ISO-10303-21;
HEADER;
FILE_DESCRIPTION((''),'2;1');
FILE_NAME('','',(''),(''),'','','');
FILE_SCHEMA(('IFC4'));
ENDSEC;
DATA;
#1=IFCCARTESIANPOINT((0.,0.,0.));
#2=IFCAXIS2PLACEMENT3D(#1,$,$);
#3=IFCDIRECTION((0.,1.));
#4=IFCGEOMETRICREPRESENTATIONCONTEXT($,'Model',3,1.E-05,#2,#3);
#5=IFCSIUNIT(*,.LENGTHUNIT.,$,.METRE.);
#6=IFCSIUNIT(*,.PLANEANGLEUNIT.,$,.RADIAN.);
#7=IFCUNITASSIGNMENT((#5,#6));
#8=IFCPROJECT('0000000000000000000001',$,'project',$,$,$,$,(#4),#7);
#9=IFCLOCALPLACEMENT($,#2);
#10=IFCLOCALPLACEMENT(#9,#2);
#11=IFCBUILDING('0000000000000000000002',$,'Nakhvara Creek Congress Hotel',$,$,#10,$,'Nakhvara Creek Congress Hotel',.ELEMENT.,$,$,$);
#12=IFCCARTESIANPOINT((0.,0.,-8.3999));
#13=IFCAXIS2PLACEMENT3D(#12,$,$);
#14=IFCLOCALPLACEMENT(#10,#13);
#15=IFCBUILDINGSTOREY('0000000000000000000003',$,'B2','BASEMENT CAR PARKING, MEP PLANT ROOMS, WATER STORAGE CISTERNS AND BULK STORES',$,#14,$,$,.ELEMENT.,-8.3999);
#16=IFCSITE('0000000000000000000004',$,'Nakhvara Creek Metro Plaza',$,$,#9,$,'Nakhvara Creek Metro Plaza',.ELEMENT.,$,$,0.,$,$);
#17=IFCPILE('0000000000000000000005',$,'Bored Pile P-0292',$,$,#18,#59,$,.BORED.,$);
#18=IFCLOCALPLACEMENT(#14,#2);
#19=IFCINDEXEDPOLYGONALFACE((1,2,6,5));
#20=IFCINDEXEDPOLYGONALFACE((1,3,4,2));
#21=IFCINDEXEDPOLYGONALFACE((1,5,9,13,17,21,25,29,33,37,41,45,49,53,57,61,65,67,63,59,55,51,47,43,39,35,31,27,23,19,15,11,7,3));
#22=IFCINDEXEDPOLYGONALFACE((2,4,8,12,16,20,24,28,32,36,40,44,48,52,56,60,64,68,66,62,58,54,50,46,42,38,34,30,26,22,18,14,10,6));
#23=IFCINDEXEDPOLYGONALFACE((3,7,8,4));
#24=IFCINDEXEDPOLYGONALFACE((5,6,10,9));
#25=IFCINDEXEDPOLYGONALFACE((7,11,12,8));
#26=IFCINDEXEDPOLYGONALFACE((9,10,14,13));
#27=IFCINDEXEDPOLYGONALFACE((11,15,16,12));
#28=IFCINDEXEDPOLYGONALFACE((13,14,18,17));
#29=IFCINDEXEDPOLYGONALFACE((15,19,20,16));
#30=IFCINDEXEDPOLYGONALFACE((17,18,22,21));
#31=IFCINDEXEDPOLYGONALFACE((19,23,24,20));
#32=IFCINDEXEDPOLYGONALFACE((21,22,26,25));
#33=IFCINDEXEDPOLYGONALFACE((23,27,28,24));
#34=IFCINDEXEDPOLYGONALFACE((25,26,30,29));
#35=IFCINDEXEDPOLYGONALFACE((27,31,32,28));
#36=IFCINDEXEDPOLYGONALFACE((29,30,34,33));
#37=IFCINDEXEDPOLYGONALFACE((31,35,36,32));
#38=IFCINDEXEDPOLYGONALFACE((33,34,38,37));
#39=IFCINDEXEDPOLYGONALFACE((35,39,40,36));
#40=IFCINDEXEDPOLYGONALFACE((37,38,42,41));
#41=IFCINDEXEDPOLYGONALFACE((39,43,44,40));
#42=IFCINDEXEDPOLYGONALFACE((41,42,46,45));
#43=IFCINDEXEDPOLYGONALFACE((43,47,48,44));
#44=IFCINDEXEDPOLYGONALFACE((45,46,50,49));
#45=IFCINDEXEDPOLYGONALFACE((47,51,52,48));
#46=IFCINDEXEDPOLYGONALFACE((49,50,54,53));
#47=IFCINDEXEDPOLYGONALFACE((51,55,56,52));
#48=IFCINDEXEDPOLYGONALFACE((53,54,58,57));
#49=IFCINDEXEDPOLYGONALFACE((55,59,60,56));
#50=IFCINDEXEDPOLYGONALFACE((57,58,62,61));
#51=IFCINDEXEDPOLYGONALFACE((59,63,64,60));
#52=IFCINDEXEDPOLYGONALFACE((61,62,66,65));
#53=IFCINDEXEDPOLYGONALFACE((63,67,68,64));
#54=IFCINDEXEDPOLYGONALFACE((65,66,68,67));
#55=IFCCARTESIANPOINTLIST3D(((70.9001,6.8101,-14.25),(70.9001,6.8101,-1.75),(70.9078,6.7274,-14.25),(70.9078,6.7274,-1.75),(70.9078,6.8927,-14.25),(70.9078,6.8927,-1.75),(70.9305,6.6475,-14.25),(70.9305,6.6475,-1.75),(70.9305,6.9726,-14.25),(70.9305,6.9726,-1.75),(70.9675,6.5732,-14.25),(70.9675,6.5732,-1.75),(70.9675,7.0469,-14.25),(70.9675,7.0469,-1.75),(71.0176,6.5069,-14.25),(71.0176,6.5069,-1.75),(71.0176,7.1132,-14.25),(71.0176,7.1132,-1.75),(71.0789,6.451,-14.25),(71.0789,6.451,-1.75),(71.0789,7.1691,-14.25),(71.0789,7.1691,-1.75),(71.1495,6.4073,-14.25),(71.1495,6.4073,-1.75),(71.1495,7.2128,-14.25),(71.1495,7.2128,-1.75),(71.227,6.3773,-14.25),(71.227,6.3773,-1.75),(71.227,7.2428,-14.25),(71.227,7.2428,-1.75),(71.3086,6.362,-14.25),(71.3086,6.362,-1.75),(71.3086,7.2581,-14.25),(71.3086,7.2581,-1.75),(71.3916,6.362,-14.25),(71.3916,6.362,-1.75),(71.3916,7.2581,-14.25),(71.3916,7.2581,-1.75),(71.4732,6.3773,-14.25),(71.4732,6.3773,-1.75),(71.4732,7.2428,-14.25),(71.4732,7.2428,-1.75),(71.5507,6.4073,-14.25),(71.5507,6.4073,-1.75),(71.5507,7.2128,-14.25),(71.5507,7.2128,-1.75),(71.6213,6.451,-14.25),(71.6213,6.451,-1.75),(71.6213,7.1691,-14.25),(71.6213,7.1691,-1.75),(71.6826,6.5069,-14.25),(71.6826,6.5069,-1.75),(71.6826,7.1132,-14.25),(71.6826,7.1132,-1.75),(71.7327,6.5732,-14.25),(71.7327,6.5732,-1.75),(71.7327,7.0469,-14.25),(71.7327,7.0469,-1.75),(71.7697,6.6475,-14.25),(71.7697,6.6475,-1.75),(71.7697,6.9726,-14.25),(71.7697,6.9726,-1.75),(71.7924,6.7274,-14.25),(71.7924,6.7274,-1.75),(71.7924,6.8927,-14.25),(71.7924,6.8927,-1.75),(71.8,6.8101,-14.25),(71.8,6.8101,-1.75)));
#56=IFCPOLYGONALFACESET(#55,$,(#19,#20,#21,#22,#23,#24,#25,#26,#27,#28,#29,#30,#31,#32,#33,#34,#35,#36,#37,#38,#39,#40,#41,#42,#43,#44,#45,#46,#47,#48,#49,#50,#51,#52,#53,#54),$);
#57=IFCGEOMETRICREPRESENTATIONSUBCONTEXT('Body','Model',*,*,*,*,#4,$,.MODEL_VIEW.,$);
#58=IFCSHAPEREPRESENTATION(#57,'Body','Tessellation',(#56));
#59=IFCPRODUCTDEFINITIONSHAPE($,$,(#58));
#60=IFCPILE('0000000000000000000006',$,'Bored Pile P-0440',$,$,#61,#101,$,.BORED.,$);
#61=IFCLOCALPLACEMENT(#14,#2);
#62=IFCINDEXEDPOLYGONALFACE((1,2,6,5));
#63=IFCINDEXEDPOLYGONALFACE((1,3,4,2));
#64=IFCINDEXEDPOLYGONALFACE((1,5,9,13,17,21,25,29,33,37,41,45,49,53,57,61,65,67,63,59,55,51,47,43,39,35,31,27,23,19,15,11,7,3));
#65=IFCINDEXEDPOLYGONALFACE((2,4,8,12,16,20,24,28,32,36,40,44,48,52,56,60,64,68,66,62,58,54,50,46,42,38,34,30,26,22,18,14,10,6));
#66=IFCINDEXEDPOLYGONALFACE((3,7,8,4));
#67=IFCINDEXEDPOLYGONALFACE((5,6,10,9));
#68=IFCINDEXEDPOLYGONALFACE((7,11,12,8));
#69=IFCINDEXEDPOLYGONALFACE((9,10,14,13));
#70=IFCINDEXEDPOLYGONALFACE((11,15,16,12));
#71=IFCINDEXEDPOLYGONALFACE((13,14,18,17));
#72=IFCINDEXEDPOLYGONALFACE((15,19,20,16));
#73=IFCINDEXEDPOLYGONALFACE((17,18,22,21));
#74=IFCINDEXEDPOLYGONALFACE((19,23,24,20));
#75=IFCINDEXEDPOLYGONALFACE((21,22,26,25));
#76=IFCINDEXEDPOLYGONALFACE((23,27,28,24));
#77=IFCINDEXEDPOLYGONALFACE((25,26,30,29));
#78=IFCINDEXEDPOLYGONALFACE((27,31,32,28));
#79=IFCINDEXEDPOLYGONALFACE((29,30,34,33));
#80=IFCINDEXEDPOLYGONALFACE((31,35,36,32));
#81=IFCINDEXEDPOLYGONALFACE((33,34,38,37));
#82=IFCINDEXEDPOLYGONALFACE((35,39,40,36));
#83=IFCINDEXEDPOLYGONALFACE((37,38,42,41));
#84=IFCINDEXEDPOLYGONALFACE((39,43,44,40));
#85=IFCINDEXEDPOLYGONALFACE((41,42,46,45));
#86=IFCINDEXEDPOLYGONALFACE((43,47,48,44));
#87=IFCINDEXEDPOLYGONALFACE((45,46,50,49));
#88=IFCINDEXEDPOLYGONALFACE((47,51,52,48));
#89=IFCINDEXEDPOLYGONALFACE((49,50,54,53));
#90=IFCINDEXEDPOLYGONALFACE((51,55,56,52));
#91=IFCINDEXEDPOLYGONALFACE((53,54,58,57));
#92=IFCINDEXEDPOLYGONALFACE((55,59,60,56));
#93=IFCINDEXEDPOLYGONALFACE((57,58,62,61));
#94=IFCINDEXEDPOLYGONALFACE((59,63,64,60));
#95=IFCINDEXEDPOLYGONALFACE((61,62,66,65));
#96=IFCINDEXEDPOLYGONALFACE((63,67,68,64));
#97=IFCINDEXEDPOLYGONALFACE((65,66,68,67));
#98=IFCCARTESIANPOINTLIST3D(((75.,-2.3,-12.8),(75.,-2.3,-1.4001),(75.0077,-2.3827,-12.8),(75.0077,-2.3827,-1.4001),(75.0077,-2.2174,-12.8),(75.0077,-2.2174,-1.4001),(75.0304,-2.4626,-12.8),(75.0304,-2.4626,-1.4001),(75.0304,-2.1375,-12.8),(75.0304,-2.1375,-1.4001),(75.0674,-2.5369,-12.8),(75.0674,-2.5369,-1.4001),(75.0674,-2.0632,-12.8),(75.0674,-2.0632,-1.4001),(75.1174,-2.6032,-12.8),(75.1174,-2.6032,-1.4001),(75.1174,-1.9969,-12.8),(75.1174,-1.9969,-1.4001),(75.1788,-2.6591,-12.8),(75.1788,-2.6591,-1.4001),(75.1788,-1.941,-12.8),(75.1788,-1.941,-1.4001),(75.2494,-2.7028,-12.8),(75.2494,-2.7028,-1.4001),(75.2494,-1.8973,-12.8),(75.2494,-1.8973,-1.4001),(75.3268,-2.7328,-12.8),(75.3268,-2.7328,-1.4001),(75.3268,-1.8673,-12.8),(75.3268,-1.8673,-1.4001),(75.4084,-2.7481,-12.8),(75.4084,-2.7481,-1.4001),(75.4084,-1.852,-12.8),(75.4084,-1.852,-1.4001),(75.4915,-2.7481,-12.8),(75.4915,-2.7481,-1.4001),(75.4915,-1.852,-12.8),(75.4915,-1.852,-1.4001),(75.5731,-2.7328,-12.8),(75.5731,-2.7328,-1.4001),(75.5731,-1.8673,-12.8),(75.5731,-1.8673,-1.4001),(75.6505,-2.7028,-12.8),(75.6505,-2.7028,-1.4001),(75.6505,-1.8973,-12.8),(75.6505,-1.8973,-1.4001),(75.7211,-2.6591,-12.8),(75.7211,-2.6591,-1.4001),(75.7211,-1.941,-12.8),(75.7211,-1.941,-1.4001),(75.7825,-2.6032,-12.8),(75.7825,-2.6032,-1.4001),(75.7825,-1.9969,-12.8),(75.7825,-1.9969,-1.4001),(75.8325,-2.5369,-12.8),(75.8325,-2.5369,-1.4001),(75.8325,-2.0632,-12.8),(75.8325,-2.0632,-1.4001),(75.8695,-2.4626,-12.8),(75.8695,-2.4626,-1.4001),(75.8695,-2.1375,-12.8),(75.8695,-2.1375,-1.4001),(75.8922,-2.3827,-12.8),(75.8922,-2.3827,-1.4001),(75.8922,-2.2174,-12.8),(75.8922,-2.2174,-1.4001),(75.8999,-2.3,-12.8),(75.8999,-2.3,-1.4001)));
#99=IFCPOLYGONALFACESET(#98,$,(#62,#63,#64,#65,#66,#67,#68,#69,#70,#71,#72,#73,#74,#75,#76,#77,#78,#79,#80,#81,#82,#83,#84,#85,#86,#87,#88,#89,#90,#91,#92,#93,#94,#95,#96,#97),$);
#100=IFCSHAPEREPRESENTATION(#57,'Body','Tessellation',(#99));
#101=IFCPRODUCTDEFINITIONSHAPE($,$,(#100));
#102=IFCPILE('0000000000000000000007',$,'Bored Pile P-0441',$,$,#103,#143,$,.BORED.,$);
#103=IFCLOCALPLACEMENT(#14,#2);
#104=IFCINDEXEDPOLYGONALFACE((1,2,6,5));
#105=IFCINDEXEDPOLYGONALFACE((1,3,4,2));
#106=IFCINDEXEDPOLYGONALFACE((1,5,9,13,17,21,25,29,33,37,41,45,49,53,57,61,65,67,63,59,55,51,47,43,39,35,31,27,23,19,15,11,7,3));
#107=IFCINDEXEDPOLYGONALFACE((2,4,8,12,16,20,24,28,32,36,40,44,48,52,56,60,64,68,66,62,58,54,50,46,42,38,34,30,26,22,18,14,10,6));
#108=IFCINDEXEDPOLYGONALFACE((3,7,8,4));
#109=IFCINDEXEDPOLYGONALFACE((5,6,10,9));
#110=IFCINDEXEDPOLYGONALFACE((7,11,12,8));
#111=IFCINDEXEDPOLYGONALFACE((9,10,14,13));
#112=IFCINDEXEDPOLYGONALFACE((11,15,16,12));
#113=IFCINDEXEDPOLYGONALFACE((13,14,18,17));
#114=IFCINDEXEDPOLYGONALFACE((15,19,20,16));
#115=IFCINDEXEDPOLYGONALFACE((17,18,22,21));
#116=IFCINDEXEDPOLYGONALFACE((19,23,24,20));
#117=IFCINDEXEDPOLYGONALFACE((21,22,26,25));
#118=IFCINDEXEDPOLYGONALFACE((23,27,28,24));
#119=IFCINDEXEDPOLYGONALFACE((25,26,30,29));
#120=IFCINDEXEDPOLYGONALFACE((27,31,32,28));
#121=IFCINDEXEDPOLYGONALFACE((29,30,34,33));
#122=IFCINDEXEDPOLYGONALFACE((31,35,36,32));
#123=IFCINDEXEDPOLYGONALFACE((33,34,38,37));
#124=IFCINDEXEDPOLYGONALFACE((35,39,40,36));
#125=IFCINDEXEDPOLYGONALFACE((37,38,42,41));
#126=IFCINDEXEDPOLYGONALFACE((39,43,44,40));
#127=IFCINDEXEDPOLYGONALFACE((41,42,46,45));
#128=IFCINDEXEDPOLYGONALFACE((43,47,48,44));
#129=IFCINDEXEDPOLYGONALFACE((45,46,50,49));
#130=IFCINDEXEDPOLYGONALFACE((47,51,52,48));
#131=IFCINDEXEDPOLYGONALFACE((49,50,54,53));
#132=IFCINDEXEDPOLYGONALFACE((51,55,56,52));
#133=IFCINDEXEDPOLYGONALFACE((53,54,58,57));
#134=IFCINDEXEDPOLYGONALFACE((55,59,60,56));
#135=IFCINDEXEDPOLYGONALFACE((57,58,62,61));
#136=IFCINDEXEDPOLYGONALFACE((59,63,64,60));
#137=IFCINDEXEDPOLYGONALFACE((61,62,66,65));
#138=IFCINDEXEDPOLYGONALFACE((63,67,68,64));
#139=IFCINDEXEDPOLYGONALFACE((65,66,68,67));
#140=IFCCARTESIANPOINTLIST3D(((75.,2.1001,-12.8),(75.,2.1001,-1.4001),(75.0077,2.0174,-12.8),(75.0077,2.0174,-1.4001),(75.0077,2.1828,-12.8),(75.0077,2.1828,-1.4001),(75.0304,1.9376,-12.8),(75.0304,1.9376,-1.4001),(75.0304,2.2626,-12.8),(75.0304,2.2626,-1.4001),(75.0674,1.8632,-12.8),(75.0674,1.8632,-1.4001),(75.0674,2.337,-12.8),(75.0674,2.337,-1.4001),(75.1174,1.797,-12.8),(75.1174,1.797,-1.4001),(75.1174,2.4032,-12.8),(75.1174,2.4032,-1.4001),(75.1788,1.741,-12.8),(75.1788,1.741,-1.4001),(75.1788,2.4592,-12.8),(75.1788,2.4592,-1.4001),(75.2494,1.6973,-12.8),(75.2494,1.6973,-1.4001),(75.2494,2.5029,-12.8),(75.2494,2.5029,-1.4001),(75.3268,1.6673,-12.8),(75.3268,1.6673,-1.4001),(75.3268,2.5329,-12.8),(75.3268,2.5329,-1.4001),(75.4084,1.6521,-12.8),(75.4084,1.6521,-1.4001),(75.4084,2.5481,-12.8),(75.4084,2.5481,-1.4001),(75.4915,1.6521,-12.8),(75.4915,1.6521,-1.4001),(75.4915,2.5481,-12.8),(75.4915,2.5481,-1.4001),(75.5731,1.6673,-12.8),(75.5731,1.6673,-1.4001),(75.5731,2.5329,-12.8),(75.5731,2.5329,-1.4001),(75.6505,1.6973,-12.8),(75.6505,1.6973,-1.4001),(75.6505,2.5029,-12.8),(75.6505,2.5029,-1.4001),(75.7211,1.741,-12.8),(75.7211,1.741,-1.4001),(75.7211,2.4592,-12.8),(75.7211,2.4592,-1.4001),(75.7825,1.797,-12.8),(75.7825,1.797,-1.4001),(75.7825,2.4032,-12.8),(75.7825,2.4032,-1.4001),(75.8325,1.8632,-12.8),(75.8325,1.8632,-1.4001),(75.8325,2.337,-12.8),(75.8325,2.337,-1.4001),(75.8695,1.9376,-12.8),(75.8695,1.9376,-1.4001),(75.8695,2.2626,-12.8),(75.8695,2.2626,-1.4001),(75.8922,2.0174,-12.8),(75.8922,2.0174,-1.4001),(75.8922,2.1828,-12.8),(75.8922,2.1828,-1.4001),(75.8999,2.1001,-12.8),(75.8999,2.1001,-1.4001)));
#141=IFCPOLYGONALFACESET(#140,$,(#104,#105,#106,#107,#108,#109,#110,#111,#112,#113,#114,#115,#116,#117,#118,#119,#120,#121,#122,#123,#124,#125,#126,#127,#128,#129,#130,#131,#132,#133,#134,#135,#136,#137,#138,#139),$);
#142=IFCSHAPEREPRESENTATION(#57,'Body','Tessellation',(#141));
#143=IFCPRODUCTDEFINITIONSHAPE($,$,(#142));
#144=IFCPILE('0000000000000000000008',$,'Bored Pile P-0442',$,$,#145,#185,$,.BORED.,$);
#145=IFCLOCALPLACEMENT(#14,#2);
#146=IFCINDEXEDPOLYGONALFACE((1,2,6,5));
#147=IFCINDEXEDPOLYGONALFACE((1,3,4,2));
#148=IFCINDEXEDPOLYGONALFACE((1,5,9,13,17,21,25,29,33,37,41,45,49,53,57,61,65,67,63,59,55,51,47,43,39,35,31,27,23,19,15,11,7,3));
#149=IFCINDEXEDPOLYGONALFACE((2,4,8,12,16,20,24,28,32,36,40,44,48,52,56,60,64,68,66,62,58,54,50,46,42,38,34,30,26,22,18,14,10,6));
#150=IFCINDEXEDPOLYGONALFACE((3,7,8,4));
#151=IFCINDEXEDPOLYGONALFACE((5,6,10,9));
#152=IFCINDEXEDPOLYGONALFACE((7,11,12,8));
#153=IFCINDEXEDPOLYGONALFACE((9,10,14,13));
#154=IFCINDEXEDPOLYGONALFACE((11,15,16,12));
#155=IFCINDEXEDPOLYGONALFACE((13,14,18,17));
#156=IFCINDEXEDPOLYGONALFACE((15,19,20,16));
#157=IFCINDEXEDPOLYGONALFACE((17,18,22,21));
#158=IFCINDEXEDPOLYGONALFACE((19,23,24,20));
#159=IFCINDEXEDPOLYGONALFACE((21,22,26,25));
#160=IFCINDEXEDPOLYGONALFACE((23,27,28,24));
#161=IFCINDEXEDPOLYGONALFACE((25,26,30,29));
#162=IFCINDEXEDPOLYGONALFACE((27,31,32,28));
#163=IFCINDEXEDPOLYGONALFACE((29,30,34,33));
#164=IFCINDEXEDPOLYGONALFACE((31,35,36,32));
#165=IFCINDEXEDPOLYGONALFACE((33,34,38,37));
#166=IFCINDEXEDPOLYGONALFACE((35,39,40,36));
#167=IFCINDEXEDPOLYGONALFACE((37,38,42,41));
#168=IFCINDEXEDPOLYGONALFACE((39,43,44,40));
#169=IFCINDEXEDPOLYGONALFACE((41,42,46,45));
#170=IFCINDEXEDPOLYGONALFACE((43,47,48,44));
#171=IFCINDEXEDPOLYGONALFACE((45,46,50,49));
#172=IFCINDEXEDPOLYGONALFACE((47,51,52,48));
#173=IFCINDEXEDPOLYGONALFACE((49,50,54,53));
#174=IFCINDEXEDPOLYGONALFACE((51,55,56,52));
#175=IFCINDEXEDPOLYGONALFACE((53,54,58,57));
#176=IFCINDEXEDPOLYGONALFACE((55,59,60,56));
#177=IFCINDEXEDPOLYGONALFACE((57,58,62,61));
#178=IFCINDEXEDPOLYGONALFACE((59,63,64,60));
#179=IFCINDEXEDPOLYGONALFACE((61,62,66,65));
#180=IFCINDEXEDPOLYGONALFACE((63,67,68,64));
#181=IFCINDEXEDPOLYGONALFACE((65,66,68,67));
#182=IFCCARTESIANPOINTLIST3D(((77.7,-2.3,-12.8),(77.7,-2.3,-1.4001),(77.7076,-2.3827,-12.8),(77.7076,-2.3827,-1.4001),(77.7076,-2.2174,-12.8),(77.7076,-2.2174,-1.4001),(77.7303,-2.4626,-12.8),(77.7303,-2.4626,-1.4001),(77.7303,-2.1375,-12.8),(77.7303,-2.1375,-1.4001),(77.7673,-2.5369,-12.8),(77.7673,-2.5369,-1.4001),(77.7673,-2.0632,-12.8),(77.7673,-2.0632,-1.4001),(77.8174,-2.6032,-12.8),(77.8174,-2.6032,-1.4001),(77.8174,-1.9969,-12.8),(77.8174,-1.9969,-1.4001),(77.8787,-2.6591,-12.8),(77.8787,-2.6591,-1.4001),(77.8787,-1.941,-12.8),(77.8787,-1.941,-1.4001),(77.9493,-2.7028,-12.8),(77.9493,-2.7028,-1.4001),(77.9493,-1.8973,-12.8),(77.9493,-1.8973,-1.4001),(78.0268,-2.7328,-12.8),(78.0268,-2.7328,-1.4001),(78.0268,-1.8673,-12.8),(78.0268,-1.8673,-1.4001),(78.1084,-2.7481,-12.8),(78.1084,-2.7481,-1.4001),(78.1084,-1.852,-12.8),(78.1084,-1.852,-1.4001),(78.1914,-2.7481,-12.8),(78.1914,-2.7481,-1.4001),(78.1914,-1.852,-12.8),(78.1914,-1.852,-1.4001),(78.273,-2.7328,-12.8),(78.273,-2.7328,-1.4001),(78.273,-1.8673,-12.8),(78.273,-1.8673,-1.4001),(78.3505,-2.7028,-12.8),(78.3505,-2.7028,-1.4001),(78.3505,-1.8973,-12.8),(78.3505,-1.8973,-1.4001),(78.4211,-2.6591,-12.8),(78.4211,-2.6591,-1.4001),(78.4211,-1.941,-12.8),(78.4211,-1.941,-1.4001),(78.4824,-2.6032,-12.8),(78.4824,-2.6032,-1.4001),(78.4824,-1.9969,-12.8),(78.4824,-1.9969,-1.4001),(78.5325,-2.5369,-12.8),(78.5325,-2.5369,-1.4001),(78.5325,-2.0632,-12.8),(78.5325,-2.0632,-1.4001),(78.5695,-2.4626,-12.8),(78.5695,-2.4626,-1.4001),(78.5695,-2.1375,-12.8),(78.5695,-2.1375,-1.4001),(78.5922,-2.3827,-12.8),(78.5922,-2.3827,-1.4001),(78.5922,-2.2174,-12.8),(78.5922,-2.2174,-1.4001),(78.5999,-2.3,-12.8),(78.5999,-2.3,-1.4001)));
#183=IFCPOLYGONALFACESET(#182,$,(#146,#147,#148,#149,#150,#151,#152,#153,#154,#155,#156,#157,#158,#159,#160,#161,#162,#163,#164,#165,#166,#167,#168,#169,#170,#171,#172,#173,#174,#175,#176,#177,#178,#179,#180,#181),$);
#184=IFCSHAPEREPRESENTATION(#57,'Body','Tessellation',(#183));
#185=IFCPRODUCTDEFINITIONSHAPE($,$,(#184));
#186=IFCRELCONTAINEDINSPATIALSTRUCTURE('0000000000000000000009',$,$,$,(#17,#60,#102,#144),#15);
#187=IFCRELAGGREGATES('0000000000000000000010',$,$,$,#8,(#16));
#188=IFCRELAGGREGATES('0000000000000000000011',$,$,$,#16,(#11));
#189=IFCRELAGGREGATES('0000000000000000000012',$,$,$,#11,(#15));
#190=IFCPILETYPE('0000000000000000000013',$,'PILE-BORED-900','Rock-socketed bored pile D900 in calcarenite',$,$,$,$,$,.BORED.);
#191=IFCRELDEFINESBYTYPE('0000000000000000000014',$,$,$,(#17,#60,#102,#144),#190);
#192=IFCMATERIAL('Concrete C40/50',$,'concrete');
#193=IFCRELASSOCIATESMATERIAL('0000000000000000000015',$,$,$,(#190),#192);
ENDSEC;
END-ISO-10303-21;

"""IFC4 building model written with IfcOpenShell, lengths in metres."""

from ifc_helpers import new_model, si_unit, direction, frame, origin, origin_2d, place, context, subcontext, project, spatial, circle, extrude, material, material_profile, profile_set, type_object, element, save


model = new_model("IFC4")

# Units and contexts
model_context = context("Model", 3, precision=1e-05, world=origin(), true_north=direction((0.0, 1.0)))
body_context = subcontext(model_context, "Body", "Model", "MODEL_VIEW")
ifc_project = project(units=[si_unit("LENGTHUNIT", "METRE"), si_unit("PLANEANGLEUNIT", "RADIAN")], contexts=[model_context])

# Site, building, storey
site_placement = place(None, origin())
site = spatial("IfcSite", under=ifc_project, at=site_placement, Name="Nakhvara Creek Metro Plaza", LongName="Nakhvara Creek Metro Plaza", CompositionType="ELEMENT", RefElevation=0.0)
building_placement = place(site_placement, origin())
building = spatial("IfcBuilding", under=site, at=building_placement, Name="Nakhvara Creek Congress Hotel", LongName="Nakhvara Creek Congress Hotel", CompositionType="ELEMENT")
storey_placement = place(building_placement, frame((0.0, 0.0, -8.3999)))
storey = spatial("IfcBuildingStorey", under=building, at=storey_placement, Name="B2", Description="BASEMENT CAR PARKING, MEP PLANT ROOMS, WATER STORAGE CISTERNS AND BULK STORES", CompositionType="ELEMENT", Elevation=-8.3999)

# Shared definitions
ifc_material_1 = material(Name="Concrete C40/50", Category="concrete")

# Piles
ifc_material_profile_1 = material_profile(ifc_material_1, circle(Radius=0.45, at=origin_2d()), Name="BORED PILE D900", Category="LoadBearing")
ifc_profile_set_1 = profile_set([ifc_material_profile_1], Name="Concrete C40/50")
pile_type = type_object("IfcPileType", Name="PILE-BORED-900", Description="Rock-socketed bored pile D900 in calcarenite", PredefinedType="BORED", material=ifc_profile_set_1)
for number, where, z_axis, x_axis, name in (
    (1, (71.3501, 6.8101, -1.75), (0.0, 0.0, -1.0), (1.0, 0.0, 0.0), "Bored Pile P-0292"),
):
    element("IfcPile", number, at=place(storey_placement, frame(where, z_axis=z_axis, x_axis=x_axis)), inside=storey, type_object=pile_type, Name=name, PredefinedType="BORED", context=body_context, shape_type="SweptSolid", body=[
        extrude(circle(Radius=0.45, at=origin_2d()), origin(), (0.0, 0.0, 1.0), 12.5),
    ])
for number, where, z_axis, x_axis, name in (
    (2, (75.45, -2.3, -1.4001), (0.0, 0.0, -1.0), (1.0, 0.0, 0.0), "Bored Pile P-0440"),
    (3, (75.45, 2.1001, -1.4001), (0.0, 0.0, -1.0), (1.0, 0.0, 0.0), "Bored Pile P-0441"),
    (4, (78.1499, -2.3, -1.4001), (0.0, 0.0, -1.0), (1.0, 0.0, 0.0), "Bored Pile P-0442"),
):
    element("IfcPile", number, at=place(storey_placement, frame(where, z_axis=z_axis, x_axis=x_axis)), inside=storey, type_object=pile_type, Name=name, PredefinedType="BORED", context=body_context, shape_type="SweptSolid", body=[
        extrude(circle(Radius=0.45, at=origin_2d()), origin(), (0.0, 0.0, 1.0), 11.3999),
    ])

save(model, "model.ifc")
